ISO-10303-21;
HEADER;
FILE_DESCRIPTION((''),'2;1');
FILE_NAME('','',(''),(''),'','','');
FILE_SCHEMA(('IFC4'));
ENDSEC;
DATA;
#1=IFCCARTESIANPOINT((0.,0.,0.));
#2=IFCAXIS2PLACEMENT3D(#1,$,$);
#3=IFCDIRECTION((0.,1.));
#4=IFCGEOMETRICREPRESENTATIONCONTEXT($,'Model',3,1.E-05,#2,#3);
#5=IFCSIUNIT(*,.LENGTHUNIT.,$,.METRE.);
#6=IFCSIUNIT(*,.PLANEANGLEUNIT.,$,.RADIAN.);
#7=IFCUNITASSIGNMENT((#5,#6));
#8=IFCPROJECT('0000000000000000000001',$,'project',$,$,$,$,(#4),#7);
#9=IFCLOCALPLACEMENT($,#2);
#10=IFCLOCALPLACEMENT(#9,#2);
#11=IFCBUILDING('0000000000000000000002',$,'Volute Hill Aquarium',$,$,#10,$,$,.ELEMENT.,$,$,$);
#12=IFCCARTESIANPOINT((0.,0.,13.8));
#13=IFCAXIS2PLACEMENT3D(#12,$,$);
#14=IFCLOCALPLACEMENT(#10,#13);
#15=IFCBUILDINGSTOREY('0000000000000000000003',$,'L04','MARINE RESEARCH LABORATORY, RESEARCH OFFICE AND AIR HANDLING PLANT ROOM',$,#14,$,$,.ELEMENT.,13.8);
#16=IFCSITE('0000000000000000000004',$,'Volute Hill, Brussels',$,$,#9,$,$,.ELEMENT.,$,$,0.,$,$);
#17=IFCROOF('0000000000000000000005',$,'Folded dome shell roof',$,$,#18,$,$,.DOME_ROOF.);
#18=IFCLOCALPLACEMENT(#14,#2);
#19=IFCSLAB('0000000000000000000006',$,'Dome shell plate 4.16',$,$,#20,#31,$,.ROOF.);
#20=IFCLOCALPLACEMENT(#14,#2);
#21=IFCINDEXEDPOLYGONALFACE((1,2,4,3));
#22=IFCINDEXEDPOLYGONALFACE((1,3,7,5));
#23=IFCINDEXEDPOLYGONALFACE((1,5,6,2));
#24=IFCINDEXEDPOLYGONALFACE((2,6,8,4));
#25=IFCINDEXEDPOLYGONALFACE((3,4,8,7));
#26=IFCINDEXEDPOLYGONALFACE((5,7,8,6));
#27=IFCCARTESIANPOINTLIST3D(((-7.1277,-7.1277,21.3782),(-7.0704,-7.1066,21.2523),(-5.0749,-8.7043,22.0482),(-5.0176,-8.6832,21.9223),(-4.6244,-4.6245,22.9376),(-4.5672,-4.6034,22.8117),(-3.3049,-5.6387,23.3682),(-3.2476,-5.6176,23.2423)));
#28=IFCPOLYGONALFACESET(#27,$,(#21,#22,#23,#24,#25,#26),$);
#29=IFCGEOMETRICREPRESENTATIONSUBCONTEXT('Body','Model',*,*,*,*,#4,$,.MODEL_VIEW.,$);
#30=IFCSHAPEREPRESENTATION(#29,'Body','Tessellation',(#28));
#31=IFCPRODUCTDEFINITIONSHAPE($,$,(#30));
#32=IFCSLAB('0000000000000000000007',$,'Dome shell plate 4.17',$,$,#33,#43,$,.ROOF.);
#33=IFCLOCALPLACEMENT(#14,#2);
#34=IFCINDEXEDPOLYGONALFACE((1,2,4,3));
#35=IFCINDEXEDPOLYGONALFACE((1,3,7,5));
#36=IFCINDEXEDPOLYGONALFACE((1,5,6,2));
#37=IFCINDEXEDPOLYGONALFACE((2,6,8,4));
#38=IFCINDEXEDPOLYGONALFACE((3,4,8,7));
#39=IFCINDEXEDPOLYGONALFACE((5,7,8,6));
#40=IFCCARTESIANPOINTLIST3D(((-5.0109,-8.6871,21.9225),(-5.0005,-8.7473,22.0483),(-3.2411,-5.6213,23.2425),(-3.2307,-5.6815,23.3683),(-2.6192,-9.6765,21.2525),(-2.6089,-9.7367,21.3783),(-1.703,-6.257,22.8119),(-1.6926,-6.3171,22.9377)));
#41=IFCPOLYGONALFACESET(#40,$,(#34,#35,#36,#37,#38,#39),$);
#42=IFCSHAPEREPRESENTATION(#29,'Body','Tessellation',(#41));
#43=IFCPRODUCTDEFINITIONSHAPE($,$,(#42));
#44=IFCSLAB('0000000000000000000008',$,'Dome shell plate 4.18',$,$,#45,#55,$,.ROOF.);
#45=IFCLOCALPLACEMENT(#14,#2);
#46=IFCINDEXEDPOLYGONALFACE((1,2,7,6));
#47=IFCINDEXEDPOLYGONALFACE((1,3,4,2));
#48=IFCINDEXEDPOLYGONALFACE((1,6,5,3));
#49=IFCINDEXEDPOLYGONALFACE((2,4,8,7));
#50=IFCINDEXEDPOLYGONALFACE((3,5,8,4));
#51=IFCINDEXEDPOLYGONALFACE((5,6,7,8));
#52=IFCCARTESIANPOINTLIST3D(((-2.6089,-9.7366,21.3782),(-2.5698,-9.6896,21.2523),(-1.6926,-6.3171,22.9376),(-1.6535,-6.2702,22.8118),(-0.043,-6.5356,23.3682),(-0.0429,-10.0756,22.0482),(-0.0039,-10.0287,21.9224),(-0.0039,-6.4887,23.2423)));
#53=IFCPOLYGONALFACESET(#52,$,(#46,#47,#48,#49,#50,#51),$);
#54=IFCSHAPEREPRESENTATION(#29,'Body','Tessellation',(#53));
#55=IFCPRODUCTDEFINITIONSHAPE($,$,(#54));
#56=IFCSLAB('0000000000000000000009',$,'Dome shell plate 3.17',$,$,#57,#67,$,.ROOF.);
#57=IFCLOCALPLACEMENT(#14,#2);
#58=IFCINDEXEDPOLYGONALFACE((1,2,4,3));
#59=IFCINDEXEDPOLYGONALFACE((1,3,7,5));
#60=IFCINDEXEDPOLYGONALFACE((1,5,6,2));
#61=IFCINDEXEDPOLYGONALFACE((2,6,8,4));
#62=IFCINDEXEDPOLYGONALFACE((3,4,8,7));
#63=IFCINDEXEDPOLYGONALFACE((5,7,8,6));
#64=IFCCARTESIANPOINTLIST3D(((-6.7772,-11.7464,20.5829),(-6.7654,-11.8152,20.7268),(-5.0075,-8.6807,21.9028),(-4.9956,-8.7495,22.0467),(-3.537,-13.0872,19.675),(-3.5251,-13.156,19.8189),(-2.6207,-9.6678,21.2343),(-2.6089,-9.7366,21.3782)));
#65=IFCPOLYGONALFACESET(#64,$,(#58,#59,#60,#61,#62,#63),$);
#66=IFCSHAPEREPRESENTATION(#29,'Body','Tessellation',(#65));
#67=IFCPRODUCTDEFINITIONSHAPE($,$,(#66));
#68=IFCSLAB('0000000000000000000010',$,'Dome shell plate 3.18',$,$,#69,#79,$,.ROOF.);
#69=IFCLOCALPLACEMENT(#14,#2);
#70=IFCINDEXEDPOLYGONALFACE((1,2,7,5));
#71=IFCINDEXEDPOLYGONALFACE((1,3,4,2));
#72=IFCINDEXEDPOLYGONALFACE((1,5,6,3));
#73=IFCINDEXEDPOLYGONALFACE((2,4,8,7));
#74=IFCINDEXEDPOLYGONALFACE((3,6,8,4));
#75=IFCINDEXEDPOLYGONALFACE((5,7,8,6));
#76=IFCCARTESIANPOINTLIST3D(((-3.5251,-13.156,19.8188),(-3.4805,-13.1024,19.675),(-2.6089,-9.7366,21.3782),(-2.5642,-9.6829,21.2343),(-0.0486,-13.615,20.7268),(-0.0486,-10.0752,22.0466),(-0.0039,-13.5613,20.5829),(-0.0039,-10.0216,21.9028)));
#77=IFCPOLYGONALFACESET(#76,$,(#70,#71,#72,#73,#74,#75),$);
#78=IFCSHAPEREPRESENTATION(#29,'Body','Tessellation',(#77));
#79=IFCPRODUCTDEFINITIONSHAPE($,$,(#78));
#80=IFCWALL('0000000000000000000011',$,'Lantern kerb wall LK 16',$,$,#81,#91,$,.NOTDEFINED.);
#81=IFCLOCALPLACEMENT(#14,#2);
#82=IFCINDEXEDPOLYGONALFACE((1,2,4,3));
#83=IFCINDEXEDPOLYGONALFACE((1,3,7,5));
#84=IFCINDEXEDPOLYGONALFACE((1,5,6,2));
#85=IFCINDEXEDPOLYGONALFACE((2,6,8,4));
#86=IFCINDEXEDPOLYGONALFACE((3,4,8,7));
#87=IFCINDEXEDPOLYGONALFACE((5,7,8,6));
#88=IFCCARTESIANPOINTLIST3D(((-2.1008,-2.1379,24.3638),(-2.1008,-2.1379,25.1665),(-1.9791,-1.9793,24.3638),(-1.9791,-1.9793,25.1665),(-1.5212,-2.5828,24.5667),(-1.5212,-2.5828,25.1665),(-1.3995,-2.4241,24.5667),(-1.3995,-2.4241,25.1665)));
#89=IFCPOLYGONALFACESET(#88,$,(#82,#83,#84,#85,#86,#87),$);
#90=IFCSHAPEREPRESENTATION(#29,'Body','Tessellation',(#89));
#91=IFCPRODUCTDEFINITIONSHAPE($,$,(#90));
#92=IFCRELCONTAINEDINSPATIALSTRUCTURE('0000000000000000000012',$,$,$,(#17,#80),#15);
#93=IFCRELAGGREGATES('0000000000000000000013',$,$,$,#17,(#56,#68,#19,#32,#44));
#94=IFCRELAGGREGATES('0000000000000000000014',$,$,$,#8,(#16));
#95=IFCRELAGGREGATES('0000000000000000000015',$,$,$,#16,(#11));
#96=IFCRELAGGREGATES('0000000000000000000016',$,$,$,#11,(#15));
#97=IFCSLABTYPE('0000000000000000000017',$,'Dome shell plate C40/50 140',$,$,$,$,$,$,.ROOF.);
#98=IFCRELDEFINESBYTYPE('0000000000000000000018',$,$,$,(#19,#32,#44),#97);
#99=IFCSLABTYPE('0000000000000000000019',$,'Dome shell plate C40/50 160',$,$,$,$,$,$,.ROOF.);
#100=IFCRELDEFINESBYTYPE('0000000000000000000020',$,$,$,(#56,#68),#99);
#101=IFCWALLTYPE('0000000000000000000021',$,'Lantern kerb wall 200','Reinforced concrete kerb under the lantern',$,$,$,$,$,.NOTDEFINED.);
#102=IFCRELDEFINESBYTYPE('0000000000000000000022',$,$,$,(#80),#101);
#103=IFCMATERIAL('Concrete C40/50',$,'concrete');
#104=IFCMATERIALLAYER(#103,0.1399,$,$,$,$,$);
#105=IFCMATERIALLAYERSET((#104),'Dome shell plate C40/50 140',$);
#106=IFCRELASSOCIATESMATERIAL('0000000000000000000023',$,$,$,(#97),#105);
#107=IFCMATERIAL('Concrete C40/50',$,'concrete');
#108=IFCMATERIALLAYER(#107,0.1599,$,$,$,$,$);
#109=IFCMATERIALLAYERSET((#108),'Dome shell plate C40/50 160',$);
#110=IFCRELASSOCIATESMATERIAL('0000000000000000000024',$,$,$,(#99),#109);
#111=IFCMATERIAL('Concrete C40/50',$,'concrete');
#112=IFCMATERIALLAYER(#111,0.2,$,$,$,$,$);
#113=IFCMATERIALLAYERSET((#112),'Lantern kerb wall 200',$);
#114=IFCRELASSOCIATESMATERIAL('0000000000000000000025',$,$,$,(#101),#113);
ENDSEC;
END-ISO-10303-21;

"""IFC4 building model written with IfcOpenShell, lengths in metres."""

from ifc_helpers import new_model, si_unit, direction, frame, origin, place, context, subcontext, project, spatial, polyline, outline, extrude, material, layer, layer_set, type_object, element, aggregate, save


model = new_model("IFC4")

# Units and contexts
model_context = context("Model", 3, precision=1e-05, world=origin(), true_north=direction((0.0, 1.0)))
body_context = subcontext(model_context, "Body", "Model", "MODEL_VIEW")
ifc_project = project(units=[si_unit("LENGTHUNIT", "METRE"), si_unit("PLANEANGLEUNIT", "RADIAN")], contexts=[model_context])

# Site, building, storey
site_placement = place(None, origin())
site = spatial("IfcSite", under=ifc_project, at=site_placement, Name="Volute Hill, Brussels", CompositionType="ELEMENT", RefElevation=0.0)
building_placement = place(site_placement, origin())
building = spatial("IfcBuilding", under=site, at=building_placement, Name="Volute Hill Aquarium", CompositionType="ELEMENT")
storey_placement = place(building_placement, frame((0.0, 0.0, 13.8)))
storey = spatial("IfcBuildingStorey", under=building, at=storey_placement, Name="L04", Description="MARINE RESEARCH LABORATORY, RESEARCH OFFICE AND AIR HANDLING PLANT ROOM", CompositionType="ELEMENT", Elevation=13.8)

# Roof, slabs
roof_placement = place(storey_placement, origin())
roof = element("IfcRoof", 1, at=roof_placement, inside=storey, Name="Folded dome shell roof", PredefinedType="DOME_ROOF")
ifc_material_1 = material(Name="Concrete C40/50", Category="concrete")
ifc_layer_1 = layer(ifc_material_1, 0.1399)
ifc_layer_set_1 = layer_set([ifc_layer_1], Name="Dome shell plate C40/50 140")
slab_type_1 = type_object("IfcSlabType", Name="Dome shell plate C40/50 140", PredefinedType="ROOF", material=ifc_layer_set_1)
slab_1_placement = place(storey_placement, frame((-7.1277, -7.1277, 21.3782), z_axis=(-0.409572, -0.150917, 0.899708), x_axis=(0.767773, -0.589682, 0.250598)))
slab_1 = element("IfcSlab", 2, at=slab_1_placement, type_object=slab_type_1, Name="Dome shell plate 4.16", PredefinedType="ROOF", context=body_context, shape_type="SweptSolid", body=[
    extrude(outline(polyline([(0.0, 0.0), (2.6737, 0.0), (2.5556, 3.7762), (0.8366, 3.7768), (0.0, 0.0)])), origin(), (0.0, 0.0, -1.0), 0.1399),
])
slab_2_placement = place(storey_placement, frame((-5.0005, -8.7473, 22.0483), z_axis=(0.074106, -0.43015, 0.899711), x_axis=(0.894569, -0.370057, -0.250606)))
slab_2 = element("IfcSlab", 3, at=slab_2_placement, type_object=slab_type_1, Name="Dome shell plate 4.17", PredefinedType="ROOF", context=body_context, shape_type="SweptSolid", body=[
    extrude(outline(polyline([(0.0, 0.0), (2.6735, 0.0), (1.8369, 3.7768), (0.1179, 3.7762), (0.0, 0.0)])), origin(), (0.0, 0.0, -1.0), 0.1399),
])
slab_3_placement = place(storey_placement, frame((-2.6089, -9.7366, 21.3782), z_axis=(-0.279266, -0.335474, 0.899704), x_axis=(0.959744, -0.12682, 0.250615)))
slab_3 = element("IfcSlab", 4, at=slab_3_placement, type_object=slab_type_1, Name="Dome shell plate 4.18", PredefinedType="ROOF", context=body_context, shape_type="SweptSolid", body=[
    extrude(outline(polyline([(0.0, 0.0), (2.6736, 0.0), (2.5554, 3.7762), (0.8366, 3.7768), (0.0, 0.0)])), origin(), (0.0, 0.0, -1.0), 0.1399),
])
ifc_material_2 = material(Name="Concrete C40/50", Category="concrete")
ifc_layer_2 = layer(ifc_material_2, 0.1599)
ifc_layer_set_2 = layer_set([ifc_layer_2], Name="Dome shell plate C40/50 160")
slab_type_2 = type_object("IfcSlabType", Name="Dome shell plate C40/50 160", PredefinedType="ROOF", material=ifc_layer_set_2)
slab_4_placement = place(storey_placement, frame((-6.7654, -11.8152, 20.7268), z_axis=(0.074111, -0.430137, 0.899716), x_axis=(0.894516, -0.370157, -0.250648)))
slab_4 = element("IfcSlab", 5, at=slab_4_placement, type_object=slab_type_2, Name="Dome shell plate 3.17", PredefinedType="ROOF", context=body_context, shape_type="SweptSolid", body=[
    extrude(outline(polyline([(0.0, 0.0), (3.6223, 0.0), (2.7854, 3.7766), (0.1175, 3.7761), (0.0, 0.0)])), origin(), (0.0, 0.0, -1.0), 0.1599),
])
slab_5_placement = place(storey_placement, frame((-3.5251, -13.156, 19.8188), z_axis=(-0.279264, -0.335457, 0.899711), x_axis=(0.959748, -0.126709, 0.250656)))
slab_5 = element("IfcSlab", 6, at=slab_5_placement, type_object=slab_type_2, Name="Dome shell plate 3.18", PredefinedType="ROOF", context=body_context, shape_type="SweptSolid", body=[
    extrude(outline(polyline([(0.0, 0.0), (3.6224, 0.0), (3.5047, 3.776), (0.837, 3.7766), (0.0, 0.0)])), origin(), (0.0, 0.0, -1.0), 0.1599),
])
aggregate(roof, [slab_4, slab_5, slab_1, slab_2, slab_3])

# Wall
ifc_material_3 = material(Name="Concrete C40/50", Category="concrete")
ifc_layer_3 = layer(ifc_material_3, 0.2)
ifc_layer_set_3 = layer_set([ifc_layer_3], Name="Lantern kerb wall 200")
wall_type = type_object("IfcWallType", Name="Lantern kerb wall 200", Description="Reinforced concrete kerb under the lantern", PredefinedType="NOTDEFINED", material=ifc_layer_set_3)
wall_placement = place(storey_placement, frame((-2.1008, -2.1379, 24.3638), z_axis=(-0.608838, -0.793294, 0.0), x_axis=(0.764371, -0.58664, 0.267562)))
element("IfcWall", 7, at=wall_placement, inside=storey, type_object=wall_type, Name="Lantern kerb wall LK 16", PredefinedType="NOTDEFINED", context=body_context, shape_type="SweptSolid", body=[
    extrude(outline(polyline([(0.0, 0.0), (0.7583, 0.0), (0.9188, 0.578), (0.2148, 0.7735), (0.0, 0.0)])), origin(), (0.0, 0.0, -1.0), 0.2),
])

save(model, "model.ifc")
